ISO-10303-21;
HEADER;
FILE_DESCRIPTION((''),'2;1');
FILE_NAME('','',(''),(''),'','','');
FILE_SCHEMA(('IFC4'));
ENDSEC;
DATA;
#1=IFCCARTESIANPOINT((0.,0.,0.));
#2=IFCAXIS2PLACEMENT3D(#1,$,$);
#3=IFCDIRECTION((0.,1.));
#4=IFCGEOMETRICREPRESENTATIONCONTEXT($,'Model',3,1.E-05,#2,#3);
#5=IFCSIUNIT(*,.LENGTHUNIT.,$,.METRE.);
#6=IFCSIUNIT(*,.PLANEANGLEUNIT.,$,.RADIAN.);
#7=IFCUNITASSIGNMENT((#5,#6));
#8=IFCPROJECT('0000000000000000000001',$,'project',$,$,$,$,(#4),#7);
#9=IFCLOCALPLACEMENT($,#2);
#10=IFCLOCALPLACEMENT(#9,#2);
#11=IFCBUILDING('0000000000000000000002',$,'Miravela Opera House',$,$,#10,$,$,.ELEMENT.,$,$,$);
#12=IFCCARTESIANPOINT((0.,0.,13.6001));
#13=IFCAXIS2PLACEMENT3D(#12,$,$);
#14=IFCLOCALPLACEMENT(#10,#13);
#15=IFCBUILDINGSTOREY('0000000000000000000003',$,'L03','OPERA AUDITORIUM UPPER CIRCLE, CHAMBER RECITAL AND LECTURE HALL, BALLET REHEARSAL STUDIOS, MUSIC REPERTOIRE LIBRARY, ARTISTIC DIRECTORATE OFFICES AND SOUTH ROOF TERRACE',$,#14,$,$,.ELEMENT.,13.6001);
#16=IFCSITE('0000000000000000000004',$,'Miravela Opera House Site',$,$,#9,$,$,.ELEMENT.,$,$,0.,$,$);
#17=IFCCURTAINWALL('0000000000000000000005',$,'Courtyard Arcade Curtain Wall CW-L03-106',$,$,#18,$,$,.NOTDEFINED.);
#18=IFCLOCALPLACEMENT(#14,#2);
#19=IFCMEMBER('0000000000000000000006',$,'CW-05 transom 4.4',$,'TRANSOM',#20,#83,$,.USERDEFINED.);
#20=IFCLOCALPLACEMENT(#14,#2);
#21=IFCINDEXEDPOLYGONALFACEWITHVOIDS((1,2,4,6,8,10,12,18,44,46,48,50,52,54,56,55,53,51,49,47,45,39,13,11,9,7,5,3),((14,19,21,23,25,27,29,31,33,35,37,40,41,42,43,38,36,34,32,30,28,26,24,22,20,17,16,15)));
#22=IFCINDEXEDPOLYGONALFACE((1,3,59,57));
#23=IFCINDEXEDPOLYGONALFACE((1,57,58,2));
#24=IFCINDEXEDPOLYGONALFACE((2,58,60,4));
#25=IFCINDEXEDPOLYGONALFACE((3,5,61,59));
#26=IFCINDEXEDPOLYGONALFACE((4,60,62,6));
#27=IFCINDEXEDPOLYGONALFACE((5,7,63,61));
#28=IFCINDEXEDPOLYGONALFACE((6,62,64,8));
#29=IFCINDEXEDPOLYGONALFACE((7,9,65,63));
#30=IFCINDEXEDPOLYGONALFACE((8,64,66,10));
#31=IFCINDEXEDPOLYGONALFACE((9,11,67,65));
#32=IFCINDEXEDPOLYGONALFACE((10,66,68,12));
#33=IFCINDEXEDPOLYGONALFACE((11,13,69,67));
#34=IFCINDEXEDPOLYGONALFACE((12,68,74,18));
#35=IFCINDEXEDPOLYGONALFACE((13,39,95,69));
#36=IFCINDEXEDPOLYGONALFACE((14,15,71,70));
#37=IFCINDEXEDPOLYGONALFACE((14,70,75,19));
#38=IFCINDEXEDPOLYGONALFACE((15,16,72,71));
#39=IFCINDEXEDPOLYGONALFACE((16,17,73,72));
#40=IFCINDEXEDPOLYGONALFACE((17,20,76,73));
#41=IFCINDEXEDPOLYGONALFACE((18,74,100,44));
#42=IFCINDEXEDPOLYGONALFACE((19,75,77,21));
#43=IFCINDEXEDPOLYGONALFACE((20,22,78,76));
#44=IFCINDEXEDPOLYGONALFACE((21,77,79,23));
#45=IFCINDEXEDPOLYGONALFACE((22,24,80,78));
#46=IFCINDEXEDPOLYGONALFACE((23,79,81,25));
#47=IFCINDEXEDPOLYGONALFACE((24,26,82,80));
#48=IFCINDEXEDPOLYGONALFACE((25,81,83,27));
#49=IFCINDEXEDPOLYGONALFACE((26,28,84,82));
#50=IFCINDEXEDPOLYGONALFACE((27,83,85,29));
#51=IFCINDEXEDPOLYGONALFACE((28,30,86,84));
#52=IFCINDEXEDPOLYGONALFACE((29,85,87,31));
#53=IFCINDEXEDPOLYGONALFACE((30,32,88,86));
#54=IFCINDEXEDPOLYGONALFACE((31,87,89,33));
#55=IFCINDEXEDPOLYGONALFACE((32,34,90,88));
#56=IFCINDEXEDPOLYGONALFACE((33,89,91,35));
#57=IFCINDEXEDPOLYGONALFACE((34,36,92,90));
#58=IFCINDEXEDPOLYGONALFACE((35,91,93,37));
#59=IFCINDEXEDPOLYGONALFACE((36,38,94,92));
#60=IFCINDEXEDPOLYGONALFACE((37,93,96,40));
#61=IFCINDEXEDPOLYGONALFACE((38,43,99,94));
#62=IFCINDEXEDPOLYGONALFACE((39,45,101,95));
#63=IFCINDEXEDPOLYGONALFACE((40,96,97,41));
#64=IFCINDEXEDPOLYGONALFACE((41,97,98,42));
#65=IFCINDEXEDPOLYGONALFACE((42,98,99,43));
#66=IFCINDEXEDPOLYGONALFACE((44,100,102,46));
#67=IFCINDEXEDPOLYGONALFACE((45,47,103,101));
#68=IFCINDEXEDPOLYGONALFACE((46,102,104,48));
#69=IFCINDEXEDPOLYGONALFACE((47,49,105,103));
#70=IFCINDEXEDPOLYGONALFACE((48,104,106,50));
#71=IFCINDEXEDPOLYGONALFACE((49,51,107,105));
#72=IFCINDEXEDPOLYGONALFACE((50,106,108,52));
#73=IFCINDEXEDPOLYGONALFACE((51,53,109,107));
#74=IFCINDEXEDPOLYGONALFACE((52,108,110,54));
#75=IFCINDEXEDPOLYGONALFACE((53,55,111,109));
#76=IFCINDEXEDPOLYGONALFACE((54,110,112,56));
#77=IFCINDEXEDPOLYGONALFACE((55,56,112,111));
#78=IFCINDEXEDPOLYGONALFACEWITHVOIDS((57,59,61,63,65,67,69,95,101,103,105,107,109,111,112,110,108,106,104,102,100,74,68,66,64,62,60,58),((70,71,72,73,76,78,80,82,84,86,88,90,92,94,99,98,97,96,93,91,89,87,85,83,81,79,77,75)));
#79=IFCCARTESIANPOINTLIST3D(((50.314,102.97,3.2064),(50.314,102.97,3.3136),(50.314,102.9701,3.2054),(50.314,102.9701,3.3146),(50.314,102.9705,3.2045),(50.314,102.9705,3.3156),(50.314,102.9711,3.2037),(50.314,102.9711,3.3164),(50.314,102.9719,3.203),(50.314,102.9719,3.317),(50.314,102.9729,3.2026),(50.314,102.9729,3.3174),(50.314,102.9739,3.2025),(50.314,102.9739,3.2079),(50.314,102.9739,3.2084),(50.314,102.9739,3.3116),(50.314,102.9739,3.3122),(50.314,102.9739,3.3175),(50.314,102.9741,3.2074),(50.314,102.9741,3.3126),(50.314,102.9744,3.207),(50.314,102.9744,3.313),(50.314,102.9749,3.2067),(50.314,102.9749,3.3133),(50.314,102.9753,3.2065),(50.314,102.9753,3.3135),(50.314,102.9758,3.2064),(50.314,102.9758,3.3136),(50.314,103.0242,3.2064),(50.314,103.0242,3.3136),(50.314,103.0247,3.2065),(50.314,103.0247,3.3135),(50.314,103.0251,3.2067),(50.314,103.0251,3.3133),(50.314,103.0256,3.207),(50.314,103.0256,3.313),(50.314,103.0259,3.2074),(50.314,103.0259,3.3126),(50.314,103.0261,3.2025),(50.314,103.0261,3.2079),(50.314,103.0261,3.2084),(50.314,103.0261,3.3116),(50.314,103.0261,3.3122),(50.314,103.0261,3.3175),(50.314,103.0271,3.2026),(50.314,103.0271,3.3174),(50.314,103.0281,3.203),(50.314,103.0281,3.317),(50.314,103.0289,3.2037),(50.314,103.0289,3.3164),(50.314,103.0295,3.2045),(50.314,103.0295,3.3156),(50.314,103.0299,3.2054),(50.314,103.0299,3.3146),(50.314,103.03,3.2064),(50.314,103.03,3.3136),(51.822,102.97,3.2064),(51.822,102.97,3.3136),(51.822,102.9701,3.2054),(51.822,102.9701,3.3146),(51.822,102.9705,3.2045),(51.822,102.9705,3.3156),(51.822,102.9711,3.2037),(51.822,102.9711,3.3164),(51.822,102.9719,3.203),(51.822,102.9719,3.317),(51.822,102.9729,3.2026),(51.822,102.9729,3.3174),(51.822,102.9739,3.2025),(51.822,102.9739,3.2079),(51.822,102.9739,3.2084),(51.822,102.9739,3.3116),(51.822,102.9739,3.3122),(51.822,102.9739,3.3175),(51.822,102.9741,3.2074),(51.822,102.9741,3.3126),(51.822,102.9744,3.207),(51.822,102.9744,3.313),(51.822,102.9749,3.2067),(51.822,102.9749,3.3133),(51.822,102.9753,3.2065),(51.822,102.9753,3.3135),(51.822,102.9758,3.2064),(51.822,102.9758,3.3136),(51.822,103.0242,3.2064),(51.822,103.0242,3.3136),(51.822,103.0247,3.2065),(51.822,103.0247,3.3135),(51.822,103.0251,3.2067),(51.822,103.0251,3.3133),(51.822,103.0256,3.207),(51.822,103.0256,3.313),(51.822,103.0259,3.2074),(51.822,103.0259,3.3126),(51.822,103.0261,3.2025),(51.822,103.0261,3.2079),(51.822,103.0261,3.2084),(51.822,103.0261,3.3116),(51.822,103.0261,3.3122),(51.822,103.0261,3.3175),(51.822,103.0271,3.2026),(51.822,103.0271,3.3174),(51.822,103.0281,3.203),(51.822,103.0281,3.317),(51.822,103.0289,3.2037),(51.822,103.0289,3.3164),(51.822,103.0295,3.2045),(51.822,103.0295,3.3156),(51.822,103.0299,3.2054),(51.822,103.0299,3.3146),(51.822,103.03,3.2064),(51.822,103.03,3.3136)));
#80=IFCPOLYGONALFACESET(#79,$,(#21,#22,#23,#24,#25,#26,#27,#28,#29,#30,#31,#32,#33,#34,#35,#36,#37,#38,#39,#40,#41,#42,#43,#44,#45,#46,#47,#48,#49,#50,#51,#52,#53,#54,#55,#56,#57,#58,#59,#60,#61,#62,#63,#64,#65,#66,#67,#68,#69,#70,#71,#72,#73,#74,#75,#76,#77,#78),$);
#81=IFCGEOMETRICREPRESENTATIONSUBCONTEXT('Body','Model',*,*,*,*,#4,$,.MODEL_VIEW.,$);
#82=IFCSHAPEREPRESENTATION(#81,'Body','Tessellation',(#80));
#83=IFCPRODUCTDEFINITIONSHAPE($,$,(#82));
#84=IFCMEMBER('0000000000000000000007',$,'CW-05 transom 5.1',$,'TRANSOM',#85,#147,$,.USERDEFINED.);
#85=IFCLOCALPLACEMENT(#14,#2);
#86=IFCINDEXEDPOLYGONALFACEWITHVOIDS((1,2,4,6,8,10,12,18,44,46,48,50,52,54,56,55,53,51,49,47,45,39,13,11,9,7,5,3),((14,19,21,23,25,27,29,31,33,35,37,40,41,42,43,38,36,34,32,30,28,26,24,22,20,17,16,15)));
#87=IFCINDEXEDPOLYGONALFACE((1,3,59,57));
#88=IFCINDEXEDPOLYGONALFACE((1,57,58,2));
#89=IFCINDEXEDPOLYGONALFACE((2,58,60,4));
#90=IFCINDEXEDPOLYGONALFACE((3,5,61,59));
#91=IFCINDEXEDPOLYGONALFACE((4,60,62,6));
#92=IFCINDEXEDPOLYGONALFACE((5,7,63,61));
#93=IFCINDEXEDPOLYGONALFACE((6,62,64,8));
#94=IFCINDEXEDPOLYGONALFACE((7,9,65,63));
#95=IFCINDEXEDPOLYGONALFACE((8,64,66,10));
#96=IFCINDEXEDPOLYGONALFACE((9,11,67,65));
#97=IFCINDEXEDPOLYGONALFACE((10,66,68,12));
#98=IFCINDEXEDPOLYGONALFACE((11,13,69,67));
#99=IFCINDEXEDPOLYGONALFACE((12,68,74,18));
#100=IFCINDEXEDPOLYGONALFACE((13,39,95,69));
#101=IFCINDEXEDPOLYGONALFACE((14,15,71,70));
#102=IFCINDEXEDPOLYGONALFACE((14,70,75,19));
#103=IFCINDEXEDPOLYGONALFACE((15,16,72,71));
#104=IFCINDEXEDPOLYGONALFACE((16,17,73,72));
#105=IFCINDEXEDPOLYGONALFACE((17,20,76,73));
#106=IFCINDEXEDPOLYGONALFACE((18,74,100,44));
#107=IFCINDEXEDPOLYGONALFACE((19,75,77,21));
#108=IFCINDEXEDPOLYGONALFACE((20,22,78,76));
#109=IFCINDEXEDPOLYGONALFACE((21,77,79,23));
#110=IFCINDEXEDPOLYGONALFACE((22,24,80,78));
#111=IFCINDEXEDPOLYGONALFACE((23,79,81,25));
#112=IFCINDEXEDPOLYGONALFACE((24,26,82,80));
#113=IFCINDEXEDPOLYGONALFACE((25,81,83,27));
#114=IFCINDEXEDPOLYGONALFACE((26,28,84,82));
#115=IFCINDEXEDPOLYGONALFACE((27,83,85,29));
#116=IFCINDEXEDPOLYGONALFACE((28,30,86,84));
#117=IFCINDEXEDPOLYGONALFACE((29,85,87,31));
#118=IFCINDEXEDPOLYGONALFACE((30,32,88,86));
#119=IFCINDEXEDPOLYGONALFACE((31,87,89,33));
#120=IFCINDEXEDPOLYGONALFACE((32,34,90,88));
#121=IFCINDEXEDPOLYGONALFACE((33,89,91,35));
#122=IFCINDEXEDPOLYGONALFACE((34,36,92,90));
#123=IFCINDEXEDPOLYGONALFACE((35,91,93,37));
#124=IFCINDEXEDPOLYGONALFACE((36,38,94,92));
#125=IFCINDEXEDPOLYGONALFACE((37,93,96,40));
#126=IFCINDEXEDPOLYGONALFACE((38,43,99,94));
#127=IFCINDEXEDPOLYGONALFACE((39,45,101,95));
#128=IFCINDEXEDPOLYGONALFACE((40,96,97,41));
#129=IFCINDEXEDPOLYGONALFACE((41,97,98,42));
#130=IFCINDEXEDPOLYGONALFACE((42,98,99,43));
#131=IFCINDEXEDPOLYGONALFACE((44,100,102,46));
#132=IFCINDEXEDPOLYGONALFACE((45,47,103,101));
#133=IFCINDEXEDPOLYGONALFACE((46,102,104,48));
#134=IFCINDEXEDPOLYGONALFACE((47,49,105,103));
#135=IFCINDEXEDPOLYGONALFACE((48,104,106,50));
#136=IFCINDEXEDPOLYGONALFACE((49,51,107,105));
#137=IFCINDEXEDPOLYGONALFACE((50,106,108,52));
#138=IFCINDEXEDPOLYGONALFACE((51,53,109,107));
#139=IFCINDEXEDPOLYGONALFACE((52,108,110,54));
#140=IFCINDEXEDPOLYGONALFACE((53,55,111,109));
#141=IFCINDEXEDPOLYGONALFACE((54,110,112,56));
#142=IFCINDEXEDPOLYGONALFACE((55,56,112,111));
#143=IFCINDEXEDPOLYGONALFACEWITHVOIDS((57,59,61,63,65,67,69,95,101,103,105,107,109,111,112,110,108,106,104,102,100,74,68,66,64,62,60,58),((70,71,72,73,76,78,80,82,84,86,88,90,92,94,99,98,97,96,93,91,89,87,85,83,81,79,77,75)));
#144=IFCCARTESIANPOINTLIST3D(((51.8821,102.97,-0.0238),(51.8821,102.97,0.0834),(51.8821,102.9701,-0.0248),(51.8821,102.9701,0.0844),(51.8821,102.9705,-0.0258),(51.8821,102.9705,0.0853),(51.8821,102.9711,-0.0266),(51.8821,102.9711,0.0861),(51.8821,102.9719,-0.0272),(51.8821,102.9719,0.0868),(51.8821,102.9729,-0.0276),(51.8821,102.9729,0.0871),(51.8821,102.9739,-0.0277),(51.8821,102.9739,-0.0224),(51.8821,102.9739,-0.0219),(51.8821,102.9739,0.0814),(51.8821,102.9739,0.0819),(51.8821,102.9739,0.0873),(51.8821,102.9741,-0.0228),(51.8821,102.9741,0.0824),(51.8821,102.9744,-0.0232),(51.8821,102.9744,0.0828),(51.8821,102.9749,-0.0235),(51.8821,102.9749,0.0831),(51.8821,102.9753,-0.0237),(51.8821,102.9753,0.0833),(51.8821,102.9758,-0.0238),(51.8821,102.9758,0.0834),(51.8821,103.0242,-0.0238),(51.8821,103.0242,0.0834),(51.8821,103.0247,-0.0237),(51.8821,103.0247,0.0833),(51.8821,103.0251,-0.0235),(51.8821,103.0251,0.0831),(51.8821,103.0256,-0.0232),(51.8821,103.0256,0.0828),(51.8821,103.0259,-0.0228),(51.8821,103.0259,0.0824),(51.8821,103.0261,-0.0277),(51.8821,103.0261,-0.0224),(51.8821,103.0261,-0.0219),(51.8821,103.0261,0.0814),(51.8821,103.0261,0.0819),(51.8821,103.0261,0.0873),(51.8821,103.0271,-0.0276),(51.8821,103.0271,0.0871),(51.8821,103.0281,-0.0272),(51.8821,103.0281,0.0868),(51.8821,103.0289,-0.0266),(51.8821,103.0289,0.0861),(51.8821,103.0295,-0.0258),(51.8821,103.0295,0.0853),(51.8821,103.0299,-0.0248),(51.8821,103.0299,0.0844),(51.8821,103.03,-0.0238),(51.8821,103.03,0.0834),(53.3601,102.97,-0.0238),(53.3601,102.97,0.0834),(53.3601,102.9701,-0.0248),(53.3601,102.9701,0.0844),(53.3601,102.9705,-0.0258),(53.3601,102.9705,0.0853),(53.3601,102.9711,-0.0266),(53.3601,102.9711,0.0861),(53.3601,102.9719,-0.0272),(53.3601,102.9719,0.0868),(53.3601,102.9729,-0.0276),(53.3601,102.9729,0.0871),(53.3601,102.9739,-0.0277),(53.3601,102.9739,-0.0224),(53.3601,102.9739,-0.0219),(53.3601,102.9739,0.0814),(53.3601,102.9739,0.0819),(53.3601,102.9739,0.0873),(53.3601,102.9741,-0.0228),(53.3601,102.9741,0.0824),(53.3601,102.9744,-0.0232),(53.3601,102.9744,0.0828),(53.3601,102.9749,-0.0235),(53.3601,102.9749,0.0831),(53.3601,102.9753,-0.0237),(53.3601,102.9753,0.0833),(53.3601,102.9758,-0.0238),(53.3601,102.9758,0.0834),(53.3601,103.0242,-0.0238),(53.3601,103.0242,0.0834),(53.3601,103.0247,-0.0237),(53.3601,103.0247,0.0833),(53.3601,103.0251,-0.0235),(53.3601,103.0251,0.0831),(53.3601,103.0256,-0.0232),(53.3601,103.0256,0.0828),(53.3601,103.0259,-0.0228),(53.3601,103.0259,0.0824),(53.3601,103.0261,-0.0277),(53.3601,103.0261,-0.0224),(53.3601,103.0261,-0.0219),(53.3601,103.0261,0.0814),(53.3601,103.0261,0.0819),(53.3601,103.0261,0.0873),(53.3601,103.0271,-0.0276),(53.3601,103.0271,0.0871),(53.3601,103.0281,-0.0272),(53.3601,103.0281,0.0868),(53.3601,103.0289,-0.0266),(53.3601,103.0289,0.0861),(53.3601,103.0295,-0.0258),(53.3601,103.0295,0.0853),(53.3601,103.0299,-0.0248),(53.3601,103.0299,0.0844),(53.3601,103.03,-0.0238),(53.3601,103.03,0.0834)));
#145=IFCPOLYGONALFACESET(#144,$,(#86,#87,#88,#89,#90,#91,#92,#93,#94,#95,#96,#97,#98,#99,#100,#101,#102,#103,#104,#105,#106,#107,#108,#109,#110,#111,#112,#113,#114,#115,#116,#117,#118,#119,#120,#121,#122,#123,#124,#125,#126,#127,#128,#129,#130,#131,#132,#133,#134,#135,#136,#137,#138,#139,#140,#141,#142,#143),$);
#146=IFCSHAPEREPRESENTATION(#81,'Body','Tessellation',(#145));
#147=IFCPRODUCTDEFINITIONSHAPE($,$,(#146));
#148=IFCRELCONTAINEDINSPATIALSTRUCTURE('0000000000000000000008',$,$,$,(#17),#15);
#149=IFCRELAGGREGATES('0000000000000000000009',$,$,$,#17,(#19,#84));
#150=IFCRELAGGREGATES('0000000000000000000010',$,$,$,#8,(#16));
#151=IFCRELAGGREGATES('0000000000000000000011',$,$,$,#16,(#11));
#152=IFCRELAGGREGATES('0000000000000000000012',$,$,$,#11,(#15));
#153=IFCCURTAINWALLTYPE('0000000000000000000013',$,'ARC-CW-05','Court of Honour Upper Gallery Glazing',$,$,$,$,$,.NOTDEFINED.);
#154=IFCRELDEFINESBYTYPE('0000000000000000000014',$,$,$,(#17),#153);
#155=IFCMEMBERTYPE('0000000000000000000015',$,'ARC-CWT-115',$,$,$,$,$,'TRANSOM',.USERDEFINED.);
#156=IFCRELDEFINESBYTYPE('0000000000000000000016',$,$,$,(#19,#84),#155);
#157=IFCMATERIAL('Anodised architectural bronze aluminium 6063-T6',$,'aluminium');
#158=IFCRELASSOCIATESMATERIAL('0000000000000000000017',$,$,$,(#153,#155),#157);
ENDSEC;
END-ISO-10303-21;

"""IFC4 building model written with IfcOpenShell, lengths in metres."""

from ifc_helpers import new_model, si_unit, direction, frame, origin, origin_2d, place, context, subcontext, project, spatial, hollow_rectangle, extrude, material, material_profile, profile_set, type_object, element, aggregate, save


model = new_model("IFC4")

# Units and contexts
model_context = context("Model", 3, precision=1e-05, world=origin(), true_north=direction((0.0, 1.0)))
body_context = subcontext(model_context, "Body", "Model", "MODEL_VIEW")
ifc_project = project(units=[si_unit("LENGTHUNIT", "METRE"), si_unit("PLANEANGLEUNIT", "RADIAN")], contexts=[model_context])

# Site, building, storey
site_placement = place(None, origin())
site = spatial("IfcSite", under=ifc_project, at=site_placement, Name="Miravela Opera House Site", CompositionType="ELEMENT", RefElevation=0.0)
building_placement = place(site_placement, origin())
building = spatial("IfcBuilding", under=site, at=building_placement, Name="Miravela Opera House", CompositionType="ELEMENT")
storey_placement = place(building_placement, frame((0.0, 0.0, 13.6001)))
storey = spatial("IfcBuildingStorey", under=building, at=storey_placement, Name="L03", Description="OPERA AUDITORIUM UPPER CIRCLE, CHAMBER RECITAL AND LECTURE HALL, BALLET REHEARSAL STUDIOS, MUSIC REPERTOIRE LIBRARY, ARTISTIC DIRECTORATE OFFICES AND SOUTH ROOF TERRACE", CompositionType="ELEMENT", Elevation=13.6001)

# Curtain wall
ifc_material_1 = material(Name="Anodised architectural bronze aluminium 6063-T6", Category="aluminium")
curtain_wall_type = type_object("IfcCurtainWallType", Name="ARC-CW-05", Description="Court of Honour Upper Gallery Glazing", PredefinedType="NOTDEFINED", material=ifc_material_1)
curtain_wall_1_placement = place(storey_placement, origin())
curtain_wall_1 = element("IfcCurtainWall", 1, at=curtain_wall_1_placement, inside=storey, type_object=curtain_wall_type, Name="Courtyard Arcade Curtain Wall CW-L03-106", PredefinedType="NOTDEFINED")

# Members
ifc_material_profile_1 = material_profile(ifc_material_1, hollow_rectangle(XDim=0.0601, YDim=0.115, WallThickness=0.0039, InnerFilletRadius=0.002, OuterFilletRadius=0.0039, at=origin_2d()), Name="CWT-60X115")
ifc_profile_set_1 = profile_set([ifc_material_profile_1])
member_type_1 = type_object("IfcMemberType", Name="ARC-CWT-115", ElementType="TRANSOM", PredefinedType="USERDEFINED", material=ifc_profile_set_1)
member_1_placement = place(storey_placement, frame((50.314, 103.0, 3.26), z_axis=(1.0, 0.0, 0.0), x_axis=(0.0, 1.0, 0.0)))
member_1 = element("IfcMember", 2, at=member_1_placement, type_object=member_type_1, Name="CW-05 transom 4.4", ObjectType="TRANSOM", PredefinedType="USERDEFINED", context=body_context, shape_type="SweptSolid", body=[
    extrude(hollow_rectangle(XDim=0.0601, YDim=0.115, WallThickness=0.0039, InnerFilletRadius=0.002, OuterFilletRadius=0.0039, at=origin_2d()), origin(), (0.0, 0.0, 1.0), 1.5081),
])
member_2_placement = place(storey_placement, frame((51.8821, 103.0, 0.0298), z_axis=(1.0, 0.0, 0.0), x_axis=(0.0, 1.0, 0.0)))
member_2 = element("IfcMember", 3, at=member_2_placement, type_object=member_type_1, Name="CW-05 transom 5.1", ObjectType="TRANSOM", PredefinedType="USERDEFINED", context=body_context, shape_type="SweptSolid", body=[
    extrude(hollow_rectangle(XDim=0.0601, YDim=0.115, WallThickness=0.0039, InnerFilletRadius=0.002, OuterFilletRadius=0.0039, at=origin_2d()), origin(), (0.0, 0.0, 1.0), 1.478),
])

aggregate(curtain_wall_1, [member_1, member_2])

save(model, "model.ifc")
